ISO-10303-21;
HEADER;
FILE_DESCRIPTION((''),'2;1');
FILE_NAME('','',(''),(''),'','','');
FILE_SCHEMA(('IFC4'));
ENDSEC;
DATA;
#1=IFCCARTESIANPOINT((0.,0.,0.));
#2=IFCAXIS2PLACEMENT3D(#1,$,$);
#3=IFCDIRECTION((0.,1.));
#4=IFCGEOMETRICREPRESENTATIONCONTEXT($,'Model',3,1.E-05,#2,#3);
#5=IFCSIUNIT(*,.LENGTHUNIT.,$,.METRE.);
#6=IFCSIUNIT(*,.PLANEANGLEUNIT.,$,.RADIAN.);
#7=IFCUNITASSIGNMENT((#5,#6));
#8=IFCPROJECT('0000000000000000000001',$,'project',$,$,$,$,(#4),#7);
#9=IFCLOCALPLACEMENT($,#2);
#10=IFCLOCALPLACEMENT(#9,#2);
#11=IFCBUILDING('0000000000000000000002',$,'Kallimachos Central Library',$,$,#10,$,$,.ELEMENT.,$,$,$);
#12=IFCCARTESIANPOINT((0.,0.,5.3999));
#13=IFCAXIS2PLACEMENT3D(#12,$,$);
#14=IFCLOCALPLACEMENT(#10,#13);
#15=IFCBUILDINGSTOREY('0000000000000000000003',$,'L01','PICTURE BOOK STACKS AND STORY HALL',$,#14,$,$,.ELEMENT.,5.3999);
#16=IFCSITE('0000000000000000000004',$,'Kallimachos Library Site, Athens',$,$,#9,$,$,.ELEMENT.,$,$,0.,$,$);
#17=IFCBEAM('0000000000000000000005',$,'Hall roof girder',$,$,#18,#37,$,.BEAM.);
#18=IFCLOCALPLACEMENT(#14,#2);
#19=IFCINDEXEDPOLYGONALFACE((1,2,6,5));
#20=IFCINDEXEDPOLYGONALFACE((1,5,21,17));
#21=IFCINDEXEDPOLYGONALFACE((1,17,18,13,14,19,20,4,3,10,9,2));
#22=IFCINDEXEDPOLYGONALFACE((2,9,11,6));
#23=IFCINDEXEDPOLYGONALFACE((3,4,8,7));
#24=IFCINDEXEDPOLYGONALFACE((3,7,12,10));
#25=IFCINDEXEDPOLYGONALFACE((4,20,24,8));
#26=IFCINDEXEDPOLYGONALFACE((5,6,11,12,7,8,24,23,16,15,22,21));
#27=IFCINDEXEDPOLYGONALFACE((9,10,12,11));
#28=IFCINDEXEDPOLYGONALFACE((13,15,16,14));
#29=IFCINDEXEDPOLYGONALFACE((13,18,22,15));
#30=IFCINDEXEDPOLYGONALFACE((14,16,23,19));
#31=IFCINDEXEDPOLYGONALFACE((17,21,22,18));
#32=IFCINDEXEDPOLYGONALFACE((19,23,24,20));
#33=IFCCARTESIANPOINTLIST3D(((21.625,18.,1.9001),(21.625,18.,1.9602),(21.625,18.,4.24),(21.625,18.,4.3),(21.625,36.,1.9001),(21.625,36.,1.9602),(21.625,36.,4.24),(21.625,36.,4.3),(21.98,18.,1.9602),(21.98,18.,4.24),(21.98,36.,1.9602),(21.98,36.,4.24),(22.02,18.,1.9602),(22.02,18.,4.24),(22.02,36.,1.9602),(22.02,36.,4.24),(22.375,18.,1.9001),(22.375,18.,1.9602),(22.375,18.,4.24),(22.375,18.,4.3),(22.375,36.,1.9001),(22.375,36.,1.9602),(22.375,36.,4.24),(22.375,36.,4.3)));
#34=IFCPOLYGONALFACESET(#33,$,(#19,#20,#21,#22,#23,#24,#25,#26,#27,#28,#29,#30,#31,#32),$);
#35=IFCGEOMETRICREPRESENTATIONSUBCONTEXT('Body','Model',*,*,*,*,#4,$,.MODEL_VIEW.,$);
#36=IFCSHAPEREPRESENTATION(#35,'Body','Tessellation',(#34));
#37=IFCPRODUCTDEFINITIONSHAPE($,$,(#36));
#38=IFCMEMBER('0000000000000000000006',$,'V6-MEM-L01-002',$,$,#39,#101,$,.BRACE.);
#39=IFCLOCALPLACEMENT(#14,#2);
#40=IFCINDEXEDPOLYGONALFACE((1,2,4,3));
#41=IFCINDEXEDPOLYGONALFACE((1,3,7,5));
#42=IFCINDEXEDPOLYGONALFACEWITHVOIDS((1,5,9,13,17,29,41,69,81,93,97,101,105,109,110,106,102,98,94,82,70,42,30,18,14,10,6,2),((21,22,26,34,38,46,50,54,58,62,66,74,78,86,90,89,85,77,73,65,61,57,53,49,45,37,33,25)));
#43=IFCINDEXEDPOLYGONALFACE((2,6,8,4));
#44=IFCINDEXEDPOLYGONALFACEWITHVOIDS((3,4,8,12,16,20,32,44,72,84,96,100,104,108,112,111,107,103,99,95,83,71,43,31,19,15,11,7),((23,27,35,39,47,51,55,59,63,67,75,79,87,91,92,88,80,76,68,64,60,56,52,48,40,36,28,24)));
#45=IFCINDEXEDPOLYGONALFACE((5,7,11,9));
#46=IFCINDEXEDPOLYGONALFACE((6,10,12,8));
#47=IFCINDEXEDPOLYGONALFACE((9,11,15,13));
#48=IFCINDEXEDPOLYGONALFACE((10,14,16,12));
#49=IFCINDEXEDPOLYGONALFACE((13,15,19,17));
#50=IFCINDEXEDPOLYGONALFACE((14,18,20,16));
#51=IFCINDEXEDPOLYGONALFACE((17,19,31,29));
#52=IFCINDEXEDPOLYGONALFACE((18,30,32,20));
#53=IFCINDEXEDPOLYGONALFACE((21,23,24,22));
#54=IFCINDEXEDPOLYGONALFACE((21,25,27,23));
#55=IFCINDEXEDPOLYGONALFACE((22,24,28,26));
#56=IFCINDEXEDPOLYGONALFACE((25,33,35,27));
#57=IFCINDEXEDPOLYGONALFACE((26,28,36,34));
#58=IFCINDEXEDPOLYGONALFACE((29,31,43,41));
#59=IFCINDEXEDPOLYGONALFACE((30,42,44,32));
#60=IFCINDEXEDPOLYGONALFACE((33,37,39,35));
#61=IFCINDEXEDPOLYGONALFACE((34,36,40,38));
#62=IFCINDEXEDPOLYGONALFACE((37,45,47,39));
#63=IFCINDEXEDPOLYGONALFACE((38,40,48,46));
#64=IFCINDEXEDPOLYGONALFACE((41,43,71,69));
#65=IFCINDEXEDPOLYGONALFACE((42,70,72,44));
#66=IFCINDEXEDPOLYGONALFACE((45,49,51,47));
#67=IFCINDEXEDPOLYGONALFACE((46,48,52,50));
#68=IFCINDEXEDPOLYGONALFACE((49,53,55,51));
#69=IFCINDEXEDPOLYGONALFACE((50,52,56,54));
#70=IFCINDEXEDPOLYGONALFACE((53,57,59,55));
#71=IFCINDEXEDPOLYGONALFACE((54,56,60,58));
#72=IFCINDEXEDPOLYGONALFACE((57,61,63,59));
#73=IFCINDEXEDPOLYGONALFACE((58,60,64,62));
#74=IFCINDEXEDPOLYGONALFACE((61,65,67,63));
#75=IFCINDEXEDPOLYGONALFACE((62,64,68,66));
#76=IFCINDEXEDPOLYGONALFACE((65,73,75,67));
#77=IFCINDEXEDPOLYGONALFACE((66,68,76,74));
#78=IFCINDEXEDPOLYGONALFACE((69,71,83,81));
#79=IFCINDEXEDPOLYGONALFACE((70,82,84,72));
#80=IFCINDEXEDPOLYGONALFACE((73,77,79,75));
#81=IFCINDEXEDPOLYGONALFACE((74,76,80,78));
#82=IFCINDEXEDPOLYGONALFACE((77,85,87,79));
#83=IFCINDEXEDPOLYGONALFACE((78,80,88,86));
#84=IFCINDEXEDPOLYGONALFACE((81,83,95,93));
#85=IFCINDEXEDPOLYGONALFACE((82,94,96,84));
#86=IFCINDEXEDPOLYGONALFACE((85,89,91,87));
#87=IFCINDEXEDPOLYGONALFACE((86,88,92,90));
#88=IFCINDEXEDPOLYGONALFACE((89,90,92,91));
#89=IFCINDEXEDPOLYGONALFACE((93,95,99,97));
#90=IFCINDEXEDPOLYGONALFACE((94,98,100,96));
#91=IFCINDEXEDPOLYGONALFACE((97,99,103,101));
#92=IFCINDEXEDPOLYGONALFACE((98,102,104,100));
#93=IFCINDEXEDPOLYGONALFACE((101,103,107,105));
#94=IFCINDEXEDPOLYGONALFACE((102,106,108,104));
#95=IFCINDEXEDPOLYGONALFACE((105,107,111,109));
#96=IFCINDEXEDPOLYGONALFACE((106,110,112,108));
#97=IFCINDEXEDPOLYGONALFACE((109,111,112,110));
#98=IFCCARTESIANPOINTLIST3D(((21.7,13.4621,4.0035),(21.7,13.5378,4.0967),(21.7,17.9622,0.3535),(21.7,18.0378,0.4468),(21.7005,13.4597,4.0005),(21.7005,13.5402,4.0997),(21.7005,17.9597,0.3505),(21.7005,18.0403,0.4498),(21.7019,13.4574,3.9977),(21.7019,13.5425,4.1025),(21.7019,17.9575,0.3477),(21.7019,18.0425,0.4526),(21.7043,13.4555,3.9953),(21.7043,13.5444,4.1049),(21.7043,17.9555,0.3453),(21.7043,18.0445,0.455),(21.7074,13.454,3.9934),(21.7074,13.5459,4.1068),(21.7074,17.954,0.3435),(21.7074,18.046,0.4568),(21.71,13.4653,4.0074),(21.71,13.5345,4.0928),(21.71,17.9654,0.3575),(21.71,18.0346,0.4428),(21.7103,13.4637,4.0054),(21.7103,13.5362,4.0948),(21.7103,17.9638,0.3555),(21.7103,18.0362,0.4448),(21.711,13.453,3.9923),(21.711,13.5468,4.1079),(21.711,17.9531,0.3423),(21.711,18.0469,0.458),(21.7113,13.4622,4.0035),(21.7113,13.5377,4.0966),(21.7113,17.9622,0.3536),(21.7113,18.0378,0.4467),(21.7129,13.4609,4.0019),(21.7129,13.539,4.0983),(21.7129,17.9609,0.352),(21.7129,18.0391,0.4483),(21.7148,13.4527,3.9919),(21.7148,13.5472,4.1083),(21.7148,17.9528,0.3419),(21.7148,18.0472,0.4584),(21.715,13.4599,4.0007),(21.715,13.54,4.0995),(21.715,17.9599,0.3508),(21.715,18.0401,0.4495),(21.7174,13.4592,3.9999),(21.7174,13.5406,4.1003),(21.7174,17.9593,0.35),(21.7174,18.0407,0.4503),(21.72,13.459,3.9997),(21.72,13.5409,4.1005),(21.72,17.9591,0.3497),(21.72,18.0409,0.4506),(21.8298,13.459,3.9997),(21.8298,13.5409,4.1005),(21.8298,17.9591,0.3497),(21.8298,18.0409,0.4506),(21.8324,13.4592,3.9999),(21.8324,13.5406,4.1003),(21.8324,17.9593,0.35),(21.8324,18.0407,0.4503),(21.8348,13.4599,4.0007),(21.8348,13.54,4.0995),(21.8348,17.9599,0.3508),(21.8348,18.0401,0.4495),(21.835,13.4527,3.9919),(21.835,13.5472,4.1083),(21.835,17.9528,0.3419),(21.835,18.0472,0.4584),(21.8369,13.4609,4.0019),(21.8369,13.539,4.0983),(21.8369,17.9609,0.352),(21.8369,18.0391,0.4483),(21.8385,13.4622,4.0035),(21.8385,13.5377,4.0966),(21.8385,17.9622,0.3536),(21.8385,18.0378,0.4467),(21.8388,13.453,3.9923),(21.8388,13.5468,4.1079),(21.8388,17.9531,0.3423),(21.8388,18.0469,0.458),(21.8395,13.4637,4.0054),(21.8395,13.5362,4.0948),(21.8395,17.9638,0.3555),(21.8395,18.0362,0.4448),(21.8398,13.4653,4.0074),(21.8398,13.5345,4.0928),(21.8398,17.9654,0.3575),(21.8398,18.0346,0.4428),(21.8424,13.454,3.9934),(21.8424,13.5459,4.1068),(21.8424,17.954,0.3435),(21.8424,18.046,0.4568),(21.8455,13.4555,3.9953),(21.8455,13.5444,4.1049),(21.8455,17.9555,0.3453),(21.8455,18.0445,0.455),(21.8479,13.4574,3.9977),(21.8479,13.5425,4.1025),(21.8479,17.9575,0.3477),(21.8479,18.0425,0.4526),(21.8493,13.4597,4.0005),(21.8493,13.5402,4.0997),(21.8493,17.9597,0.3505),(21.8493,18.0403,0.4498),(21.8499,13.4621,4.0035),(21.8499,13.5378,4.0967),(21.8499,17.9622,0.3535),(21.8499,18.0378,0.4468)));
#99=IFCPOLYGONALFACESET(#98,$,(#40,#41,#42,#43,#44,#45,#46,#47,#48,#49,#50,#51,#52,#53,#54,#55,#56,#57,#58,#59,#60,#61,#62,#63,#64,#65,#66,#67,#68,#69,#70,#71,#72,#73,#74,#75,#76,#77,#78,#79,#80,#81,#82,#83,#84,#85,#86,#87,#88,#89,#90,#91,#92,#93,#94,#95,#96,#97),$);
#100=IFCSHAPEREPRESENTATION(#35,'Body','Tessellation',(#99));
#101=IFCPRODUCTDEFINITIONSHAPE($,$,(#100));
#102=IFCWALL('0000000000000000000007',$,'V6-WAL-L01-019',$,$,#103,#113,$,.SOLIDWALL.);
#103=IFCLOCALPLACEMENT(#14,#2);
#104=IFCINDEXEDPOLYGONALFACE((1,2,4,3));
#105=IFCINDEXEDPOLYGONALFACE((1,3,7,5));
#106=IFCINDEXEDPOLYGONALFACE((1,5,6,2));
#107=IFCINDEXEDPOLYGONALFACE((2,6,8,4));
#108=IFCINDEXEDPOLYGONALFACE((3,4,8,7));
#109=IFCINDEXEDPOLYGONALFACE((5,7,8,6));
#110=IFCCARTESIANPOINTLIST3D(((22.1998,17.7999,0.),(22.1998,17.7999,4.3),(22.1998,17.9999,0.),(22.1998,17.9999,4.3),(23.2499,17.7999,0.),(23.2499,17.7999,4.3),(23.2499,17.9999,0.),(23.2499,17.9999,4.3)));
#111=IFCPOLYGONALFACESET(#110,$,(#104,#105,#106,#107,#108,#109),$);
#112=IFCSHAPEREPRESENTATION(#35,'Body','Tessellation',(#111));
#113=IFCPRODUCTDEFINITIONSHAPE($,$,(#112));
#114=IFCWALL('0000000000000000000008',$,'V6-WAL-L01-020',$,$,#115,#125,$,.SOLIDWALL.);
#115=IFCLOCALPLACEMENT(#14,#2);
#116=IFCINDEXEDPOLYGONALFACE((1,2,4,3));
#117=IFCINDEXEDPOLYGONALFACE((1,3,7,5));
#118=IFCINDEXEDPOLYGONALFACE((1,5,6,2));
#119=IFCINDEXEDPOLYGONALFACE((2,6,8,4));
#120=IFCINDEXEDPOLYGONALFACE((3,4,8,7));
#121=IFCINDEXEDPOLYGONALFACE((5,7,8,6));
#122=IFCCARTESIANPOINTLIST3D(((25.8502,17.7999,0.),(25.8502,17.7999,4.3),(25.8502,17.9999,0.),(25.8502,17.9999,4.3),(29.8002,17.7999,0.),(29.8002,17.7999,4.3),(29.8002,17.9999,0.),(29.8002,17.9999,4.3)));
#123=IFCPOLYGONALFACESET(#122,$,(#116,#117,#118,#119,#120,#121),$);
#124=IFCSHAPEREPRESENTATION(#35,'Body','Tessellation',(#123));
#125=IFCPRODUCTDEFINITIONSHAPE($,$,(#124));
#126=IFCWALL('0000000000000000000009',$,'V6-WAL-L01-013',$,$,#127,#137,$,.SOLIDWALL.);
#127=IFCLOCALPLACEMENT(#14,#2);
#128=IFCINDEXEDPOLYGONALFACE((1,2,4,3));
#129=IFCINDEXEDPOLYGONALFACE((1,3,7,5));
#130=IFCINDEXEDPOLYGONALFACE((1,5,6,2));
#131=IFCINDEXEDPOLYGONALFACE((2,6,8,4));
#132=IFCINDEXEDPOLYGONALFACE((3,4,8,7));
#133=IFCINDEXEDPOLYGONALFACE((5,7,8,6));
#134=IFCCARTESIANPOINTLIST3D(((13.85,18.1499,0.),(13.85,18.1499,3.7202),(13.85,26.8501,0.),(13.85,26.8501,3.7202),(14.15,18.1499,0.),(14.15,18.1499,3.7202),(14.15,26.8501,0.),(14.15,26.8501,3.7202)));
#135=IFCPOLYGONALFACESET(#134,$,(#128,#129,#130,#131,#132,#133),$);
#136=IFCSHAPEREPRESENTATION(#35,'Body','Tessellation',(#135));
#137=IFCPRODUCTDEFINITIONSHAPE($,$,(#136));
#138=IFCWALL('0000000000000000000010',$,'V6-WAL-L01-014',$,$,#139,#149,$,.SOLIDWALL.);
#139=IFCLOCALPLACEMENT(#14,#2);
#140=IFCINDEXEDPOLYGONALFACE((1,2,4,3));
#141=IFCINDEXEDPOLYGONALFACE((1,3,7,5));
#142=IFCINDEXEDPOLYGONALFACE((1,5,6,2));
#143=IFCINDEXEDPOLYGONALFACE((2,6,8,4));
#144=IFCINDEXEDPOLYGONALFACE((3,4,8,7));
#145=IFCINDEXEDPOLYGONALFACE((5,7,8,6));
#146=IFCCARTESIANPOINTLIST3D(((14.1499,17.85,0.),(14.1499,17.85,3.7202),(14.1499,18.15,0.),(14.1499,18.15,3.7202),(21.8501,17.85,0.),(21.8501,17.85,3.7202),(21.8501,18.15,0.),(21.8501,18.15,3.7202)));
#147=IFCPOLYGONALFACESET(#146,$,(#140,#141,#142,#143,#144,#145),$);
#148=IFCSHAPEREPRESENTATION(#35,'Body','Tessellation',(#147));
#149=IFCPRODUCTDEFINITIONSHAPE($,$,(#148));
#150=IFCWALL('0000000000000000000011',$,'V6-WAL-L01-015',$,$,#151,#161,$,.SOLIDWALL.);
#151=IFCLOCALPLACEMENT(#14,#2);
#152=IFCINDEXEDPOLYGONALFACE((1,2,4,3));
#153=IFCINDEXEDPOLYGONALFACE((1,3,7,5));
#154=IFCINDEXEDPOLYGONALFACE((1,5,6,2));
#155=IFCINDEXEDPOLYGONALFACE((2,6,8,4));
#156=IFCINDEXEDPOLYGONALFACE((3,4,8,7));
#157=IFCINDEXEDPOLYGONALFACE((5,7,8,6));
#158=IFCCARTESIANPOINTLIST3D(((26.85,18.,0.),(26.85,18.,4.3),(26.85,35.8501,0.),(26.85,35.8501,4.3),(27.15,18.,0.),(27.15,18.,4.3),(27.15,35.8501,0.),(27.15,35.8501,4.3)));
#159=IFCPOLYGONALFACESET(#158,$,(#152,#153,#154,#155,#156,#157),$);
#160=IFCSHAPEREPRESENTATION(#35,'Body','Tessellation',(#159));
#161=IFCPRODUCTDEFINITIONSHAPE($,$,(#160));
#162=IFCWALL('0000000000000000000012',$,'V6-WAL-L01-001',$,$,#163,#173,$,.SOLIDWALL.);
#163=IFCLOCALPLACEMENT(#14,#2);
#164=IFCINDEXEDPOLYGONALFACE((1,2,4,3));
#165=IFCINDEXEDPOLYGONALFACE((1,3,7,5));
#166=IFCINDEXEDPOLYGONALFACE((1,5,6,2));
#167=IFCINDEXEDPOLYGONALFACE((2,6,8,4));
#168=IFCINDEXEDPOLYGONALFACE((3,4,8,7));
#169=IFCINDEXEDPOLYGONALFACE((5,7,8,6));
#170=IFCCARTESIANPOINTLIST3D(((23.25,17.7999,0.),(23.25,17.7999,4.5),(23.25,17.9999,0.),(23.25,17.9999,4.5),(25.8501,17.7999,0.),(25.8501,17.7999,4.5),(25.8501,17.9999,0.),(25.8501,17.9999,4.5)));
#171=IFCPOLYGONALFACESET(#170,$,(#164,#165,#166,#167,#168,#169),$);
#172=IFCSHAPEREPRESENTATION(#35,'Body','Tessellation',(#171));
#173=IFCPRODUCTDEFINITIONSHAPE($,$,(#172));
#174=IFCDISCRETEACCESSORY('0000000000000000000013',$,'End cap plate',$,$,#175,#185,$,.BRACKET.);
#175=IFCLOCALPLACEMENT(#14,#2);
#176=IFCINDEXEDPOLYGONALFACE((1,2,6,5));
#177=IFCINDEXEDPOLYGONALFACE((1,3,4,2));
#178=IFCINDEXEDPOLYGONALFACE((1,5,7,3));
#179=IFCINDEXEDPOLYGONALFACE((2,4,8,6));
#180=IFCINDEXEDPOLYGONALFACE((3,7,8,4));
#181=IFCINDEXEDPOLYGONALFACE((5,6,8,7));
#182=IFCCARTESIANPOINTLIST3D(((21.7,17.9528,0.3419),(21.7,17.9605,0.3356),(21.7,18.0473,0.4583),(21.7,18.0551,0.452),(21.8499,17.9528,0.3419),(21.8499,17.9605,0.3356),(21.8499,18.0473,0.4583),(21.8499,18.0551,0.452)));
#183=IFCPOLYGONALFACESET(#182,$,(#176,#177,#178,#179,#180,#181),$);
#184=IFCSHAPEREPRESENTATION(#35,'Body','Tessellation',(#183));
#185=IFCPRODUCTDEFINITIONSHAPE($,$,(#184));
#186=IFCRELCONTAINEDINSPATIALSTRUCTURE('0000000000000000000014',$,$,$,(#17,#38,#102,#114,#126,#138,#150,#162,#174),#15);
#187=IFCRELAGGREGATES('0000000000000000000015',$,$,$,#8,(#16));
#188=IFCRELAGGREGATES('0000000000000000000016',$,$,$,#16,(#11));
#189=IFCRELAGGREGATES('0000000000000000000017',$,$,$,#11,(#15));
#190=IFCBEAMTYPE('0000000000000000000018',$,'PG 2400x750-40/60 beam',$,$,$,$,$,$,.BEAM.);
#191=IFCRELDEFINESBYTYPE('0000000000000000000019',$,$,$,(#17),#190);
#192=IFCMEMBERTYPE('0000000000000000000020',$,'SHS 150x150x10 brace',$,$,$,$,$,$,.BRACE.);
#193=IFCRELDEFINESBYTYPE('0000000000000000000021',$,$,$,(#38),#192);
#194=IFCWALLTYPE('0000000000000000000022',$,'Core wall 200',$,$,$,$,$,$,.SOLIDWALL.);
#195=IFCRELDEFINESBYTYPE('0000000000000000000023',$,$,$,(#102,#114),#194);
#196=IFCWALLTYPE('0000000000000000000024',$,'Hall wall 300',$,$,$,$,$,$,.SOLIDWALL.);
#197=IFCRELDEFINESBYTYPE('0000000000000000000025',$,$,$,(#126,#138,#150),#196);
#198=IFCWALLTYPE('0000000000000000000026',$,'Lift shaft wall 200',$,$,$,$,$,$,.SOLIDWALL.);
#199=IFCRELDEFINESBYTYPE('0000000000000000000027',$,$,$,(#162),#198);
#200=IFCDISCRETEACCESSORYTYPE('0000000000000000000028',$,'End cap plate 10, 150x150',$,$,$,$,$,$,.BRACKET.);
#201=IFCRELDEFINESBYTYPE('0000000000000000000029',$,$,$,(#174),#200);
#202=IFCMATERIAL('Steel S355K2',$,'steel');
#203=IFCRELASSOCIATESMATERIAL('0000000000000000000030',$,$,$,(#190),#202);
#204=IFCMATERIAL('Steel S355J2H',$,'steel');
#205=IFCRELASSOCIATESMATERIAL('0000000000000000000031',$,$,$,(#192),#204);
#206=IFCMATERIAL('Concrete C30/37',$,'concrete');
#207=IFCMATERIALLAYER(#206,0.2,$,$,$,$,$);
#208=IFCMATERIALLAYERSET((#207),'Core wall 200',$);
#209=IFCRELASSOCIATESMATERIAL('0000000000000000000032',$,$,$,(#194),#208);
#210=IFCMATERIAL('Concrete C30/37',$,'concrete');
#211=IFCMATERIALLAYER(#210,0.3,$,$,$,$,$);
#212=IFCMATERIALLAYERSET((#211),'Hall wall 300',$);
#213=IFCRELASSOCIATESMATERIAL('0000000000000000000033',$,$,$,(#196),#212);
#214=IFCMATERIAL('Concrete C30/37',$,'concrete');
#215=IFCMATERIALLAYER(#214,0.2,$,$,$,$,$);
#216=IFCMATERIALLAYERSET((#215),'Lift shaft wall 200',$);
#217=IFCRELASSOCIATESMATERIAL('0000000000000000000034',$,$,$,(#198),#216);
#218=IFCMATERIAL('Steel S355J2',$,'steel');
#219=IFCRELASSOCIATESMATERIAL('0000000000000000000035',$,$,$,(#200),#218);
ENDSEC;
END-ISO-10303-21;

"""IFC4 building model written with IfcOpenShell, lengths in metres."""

from ifc_helpers import new_model, si_unit, direction, frame, frame_2d, origin, origin_2d, place, context, subcontext, project, spatial, rectangle, hollow_rectangle, i_section, extrude, material, layer, layer_set, material_profile, profile_set, type_object, element, save


model = new_model("IFC4")

# Units and contexts
model_context = context("Model", 3, precision=1e-05, world=origin(), true_north=direction((0.0, 1.0)))
body_context = subcontext(model_context, "Body", "Model", "MODEL_VIEW")
ifc_project = project(units=[si_unit("LENGTHUNIT", "METRE"), si_unit("PLANEANGLEUNIT", "RADIAN")], contexts=[model_context])

# Site, building, storey
site_placement = place(None, origin())
site = spatial("IfcSite", under=ifc_project, at=site_placement, Name="Kallimachos Library Site, Athens", CompositionType="ELEMENT", RefElevation=0.0)
building_placement = place(site_placement, origin())
building = spatial("IfcBuilding", under=site, at=building_placement, Name="Kallimachos Central Library", CompositionType="ELEMENT")
storey_placement = place(building_placement, frame((0.0, 0.0, 5.3999)))
storey = spatial("IfcBuildingStorey", under=building, at=storey_placement, Name="L01", Description="PICTURE BOOK STACKS AND STORY HALL", CompositionType="ELEMENT", Elevation=5.3999)

# Beam
ifc_material_1 = material(Name="Steel S355K2", Category="steel")
ifc_material_profile_1 = material_profile(ifc_material_1, i_section(OverallWidth=0.75, OverallDepth=2.3999, WebThickness=0.04, FlangeThickness=0.0601, at=origin_2d()), Name="PG 2400x750-40/60")
ifc_profile_set_1 = profile_set([ifc_material_profile_1], Name="Steel S355K2")
beam_type_1 = type_object("IfcBeamType", Name="PG 2400x750-40/60 beam", PredefinedType="BEAM", material=ifc_profile_set_1)
beam_1_placement = place(storey_placement, frame((22.0, 18.0, 3.1001), z_axis=(0.0, 1.0, 0.0), x_axis=(-1.0, 0.0, 0.0)))
element("IfcBeam", 1, at=beam_1_placement, inside=storey, type_object=beam_type_1, Name="Hall roof girder", PredefinedType="BEAM", context=body_context, shape_type="SweptSolid", body=[
    extrude(i_section(OverallWidth=0.75, OverallDepth=2.3999, WebThickness=0.04, FlangeThickness=0.0601, at=origin_2d()), origin(), (0.0, 0.0, 1.0), 18.0),
])

# Member
ifc_material_2 = material(Name="Steel S355J2H", Category="steel")
ifc_material_profile_2 = material_profile(ifc_material_2, hollow_rectangle(XDim=0.1499, YDim=0.1499, WallThickness=0.01, InnerFilletRadius=0.01, OuterFilletRadius=0.0149, at=origin_2d()), Name="SHS 150x150x10")
ifc_profile_set_2 = profile_set([ifc_material_profile_2], Name="Steel S355J2H")
member_type = type_object("IfcMemberType", Name="SHS 150x150x10 brace", PredefinedType="BRACE", material=ifc_profile_set_2)
member_placement = place(storey_placement, frame((21.7749, 18.0, 0.4001), z_axis=(0.0, -0.77665, 0.629932), x_axis=(1.0, 0.0, 0.0)))
element("IfcMember", 2, at=member_placement, inside=storey, type_object=member_type, Name="V6-MEM-L01-002", PredefinedType="BRACE", context=body_context, shape_type="SweptSolid", body=[
    extrude(hollow_rectangle(XDim=0.1499, YDim=0.1499, WallThickness=0.01, InnerFilletRadius=0.01, OuterFilletRadius=0.0149, at=origin_2d()), origin(), (0.0, 0.0, 1.0), 5.7942),
])

# Walls
ifc_material_3 = material(Name="Concrete C30/37", Category="concrete")
ifc_layer_1 = layer(ifc_material_3, 0.2)
ifc_layer_set_1 = layer_set([ifc_layer_1], Name="Core wall 200")
wall_type_1 = type_object("IfcWallType", Name="Core wall 200", PredefinedType="SOLIDWALL", material=ifc_layer_set_1)
wall_1_placement = place(storey_placement, frame((22.2, 17.8999, 0.0), z_axis=(0.0, 0.0, 1.0), x_axis=(1.0, 0.0, 0.0)))
element("IfcWall", 3, at=wall_1_placement, inside=storey, type_object=wall_type_1, Name="V6-WAL-L01-019", PredefinedType="SOLIDWALL", context=body_context, shape_type="SweptSolid", body=[
    extrude(rectangle(XDim=1.05, YDim=0.2, at=frame_2d((0.5249, 0.0))), origin(), (0.0, 0.0, 1.0), 4.3),
])
wall_2_placement = place(storey_placement, frame((25.8501, 17.8999, 0.0), z_axis=(0.0, 0.0, 1.0), x_axis=(1.0, 0.0, 0.0)))
element("IfcWall", 4, at=wall_2_placement, inside=storey, type_object=wall_type_1, Name="V6-WAL-L01-020", PredefinedType="SOLIDWALL", context=body_context, shape_type="SweptSolid", body=[
    extrude(rectangle(XDim=3.95, YDim=0.2, at=frame_2d((1.9751, 0.0))), origin(), (0.0, 0.0, 1.0), 4.3),
])
ifc_material_4 = material(Name="Concrete C30/37", Category="concrete")
ifc_layer_2 = layer(ifc_material_4, 0.3)
ifc_layer_set_2 = layer_set([ifc_layer_2], Name="Hall wall 300")
wall_type_2 = type_object("IfcWallType", Name="Hall wall 300", PredefinedType="SOLIDWALL", material=ifc_layer_set_2)
wall_3_placement = place(storey_placement, frame((14.0, 18.1499, 0.0), z_axis=(0.0, 0.0, 1.0), x_axis=(0.0, 1.0, 0.0)))
element("IfcWall", 5, at=wall_3_placement, inside=storey, type_object=wall_type_2, Name="V6-WAL-L01-013", PredefinedType="SOLIDWALL", context=body_context, shape_type="SweptSolid", body=[
    extrude(rectangle(XDim=8.7002, YDim=0.3, at=frame_2d((4.3501, 0.0))), origin(), (0.0, 0.0, 1.0), 3.7202),
])
wall_4_placement = place(storey_placement, frame((14.1499, 18.0, 0.0), z_axis=(0.0, 0.0, 1.0), x_axis=(1.0, 0.0, 0.0)))
element("IfcWall", 6, at=wall_4_placement, inside=storey, type_object=wall_type_2, Name="V6-WAL-L01-014", PredefinedType="SOLIDWALL", context=body_context, shape_type="SweptSolid", body=[
    extrude(rectangle(XDim=7.7002, YDim=0.3, at=frame_2d((3.8501, 0.0))), origin(), (0.0, 0.0, 1.0), 3.7202),
])
wall_5_placement = place(storey_placement, frame((27.0, 18.0, 0.0), z_axis=(0.0, 0.0, 1.0), x_axis=(0.0, 1.0, 0.0)))
element("IfcWall", 7, at=wall_5_placement, inside=storey, type_object=wall_type_2, Name="V6-WAL-L01-015", PredefinedType="SOLIDWALL", context=body_context, shape_type="SweptSolid", body=[
    extrude(rectangle(XDim=17.8501, YDim=0.3, at=frame_2d((8.925, 0.0))), origin(), (0.0, 0.0, 1.0), 4.3),
])
ifc_material_5 = material(Name="Concrete C30/37", Category="concrete")
ifc_layer_3 = layer(ifc_material_5, 0.2)
ifc_layer_set_3 = layer_set([ifc_layer_3], Name="Lift shaft wall 200")
wall_type_3 = type_object("IfcWallType", Name="Lift shaft wall 200", PredefinedType="SOLIDWALL", material=ifc_layer_set_3)
wall_6_placement = place(storey_placement, frame((23.25, 17.8999, 0.0), z_axis=(0.0, 0.0, 1.0), x_axis=(1.0, 0.0, 0.0)))
element("IfcWall", 8, at=wall_6_placement, inside=storey, type_object=wall_type_3, Name="V6-WAL-L01-001", PredefinedType="SOLIDWALL", context=body_context, shape_type="SweptSolid", body=[
    extrude(rectangle(XDim=2.6001, YDim=0.2, at=frame_2d((1.3, 0.0))), origin(), (0.0, 0.0, 1.0), 4.5),
])

# Discrete accessory
ifc_material_6 = material(Name="Steel S355J2", Category="steel")
ifc_material_profile_3 = material_profile(ifc_material_6, rectangle(XDim=0.1499, YDim=0.1499, at=origin_2d()), Name="End cap plate 10, 150x150")
ifc_profile_set_3 = profile_set([ifc_material_profile_3], Name="Steel S355J2")
discrete_accessory_type = type_object("IfcDiscreteAccessoryType", Name="End cap plate 10, 150x150", PredefinedType="BRACKET", material=ifc_profile_set_3)
discrete_accessory_placement = place(storey_placement, frame((21.7749, 18.0078, 0.3938), z_axis=(0.0, -0.776114, 0.630593), x_axis=(1.0, 0.0, 0.0)))
element("IfcDiscreteAccessory", 9, at=discrete_accessory_placement, inside=storey, type_object=discrete_accessory_type, Name="End cap plate", PredefinedType="BRACKET", context=body_context, shape_type="SweptSolid", body=[
    extrude(rectangle(XDim=0.1499, YDim=0.1499, at=origin_2d()), origin(), (0.0, 0.0, 1.0), 0.01),
])

save(model, "model.ifc")
